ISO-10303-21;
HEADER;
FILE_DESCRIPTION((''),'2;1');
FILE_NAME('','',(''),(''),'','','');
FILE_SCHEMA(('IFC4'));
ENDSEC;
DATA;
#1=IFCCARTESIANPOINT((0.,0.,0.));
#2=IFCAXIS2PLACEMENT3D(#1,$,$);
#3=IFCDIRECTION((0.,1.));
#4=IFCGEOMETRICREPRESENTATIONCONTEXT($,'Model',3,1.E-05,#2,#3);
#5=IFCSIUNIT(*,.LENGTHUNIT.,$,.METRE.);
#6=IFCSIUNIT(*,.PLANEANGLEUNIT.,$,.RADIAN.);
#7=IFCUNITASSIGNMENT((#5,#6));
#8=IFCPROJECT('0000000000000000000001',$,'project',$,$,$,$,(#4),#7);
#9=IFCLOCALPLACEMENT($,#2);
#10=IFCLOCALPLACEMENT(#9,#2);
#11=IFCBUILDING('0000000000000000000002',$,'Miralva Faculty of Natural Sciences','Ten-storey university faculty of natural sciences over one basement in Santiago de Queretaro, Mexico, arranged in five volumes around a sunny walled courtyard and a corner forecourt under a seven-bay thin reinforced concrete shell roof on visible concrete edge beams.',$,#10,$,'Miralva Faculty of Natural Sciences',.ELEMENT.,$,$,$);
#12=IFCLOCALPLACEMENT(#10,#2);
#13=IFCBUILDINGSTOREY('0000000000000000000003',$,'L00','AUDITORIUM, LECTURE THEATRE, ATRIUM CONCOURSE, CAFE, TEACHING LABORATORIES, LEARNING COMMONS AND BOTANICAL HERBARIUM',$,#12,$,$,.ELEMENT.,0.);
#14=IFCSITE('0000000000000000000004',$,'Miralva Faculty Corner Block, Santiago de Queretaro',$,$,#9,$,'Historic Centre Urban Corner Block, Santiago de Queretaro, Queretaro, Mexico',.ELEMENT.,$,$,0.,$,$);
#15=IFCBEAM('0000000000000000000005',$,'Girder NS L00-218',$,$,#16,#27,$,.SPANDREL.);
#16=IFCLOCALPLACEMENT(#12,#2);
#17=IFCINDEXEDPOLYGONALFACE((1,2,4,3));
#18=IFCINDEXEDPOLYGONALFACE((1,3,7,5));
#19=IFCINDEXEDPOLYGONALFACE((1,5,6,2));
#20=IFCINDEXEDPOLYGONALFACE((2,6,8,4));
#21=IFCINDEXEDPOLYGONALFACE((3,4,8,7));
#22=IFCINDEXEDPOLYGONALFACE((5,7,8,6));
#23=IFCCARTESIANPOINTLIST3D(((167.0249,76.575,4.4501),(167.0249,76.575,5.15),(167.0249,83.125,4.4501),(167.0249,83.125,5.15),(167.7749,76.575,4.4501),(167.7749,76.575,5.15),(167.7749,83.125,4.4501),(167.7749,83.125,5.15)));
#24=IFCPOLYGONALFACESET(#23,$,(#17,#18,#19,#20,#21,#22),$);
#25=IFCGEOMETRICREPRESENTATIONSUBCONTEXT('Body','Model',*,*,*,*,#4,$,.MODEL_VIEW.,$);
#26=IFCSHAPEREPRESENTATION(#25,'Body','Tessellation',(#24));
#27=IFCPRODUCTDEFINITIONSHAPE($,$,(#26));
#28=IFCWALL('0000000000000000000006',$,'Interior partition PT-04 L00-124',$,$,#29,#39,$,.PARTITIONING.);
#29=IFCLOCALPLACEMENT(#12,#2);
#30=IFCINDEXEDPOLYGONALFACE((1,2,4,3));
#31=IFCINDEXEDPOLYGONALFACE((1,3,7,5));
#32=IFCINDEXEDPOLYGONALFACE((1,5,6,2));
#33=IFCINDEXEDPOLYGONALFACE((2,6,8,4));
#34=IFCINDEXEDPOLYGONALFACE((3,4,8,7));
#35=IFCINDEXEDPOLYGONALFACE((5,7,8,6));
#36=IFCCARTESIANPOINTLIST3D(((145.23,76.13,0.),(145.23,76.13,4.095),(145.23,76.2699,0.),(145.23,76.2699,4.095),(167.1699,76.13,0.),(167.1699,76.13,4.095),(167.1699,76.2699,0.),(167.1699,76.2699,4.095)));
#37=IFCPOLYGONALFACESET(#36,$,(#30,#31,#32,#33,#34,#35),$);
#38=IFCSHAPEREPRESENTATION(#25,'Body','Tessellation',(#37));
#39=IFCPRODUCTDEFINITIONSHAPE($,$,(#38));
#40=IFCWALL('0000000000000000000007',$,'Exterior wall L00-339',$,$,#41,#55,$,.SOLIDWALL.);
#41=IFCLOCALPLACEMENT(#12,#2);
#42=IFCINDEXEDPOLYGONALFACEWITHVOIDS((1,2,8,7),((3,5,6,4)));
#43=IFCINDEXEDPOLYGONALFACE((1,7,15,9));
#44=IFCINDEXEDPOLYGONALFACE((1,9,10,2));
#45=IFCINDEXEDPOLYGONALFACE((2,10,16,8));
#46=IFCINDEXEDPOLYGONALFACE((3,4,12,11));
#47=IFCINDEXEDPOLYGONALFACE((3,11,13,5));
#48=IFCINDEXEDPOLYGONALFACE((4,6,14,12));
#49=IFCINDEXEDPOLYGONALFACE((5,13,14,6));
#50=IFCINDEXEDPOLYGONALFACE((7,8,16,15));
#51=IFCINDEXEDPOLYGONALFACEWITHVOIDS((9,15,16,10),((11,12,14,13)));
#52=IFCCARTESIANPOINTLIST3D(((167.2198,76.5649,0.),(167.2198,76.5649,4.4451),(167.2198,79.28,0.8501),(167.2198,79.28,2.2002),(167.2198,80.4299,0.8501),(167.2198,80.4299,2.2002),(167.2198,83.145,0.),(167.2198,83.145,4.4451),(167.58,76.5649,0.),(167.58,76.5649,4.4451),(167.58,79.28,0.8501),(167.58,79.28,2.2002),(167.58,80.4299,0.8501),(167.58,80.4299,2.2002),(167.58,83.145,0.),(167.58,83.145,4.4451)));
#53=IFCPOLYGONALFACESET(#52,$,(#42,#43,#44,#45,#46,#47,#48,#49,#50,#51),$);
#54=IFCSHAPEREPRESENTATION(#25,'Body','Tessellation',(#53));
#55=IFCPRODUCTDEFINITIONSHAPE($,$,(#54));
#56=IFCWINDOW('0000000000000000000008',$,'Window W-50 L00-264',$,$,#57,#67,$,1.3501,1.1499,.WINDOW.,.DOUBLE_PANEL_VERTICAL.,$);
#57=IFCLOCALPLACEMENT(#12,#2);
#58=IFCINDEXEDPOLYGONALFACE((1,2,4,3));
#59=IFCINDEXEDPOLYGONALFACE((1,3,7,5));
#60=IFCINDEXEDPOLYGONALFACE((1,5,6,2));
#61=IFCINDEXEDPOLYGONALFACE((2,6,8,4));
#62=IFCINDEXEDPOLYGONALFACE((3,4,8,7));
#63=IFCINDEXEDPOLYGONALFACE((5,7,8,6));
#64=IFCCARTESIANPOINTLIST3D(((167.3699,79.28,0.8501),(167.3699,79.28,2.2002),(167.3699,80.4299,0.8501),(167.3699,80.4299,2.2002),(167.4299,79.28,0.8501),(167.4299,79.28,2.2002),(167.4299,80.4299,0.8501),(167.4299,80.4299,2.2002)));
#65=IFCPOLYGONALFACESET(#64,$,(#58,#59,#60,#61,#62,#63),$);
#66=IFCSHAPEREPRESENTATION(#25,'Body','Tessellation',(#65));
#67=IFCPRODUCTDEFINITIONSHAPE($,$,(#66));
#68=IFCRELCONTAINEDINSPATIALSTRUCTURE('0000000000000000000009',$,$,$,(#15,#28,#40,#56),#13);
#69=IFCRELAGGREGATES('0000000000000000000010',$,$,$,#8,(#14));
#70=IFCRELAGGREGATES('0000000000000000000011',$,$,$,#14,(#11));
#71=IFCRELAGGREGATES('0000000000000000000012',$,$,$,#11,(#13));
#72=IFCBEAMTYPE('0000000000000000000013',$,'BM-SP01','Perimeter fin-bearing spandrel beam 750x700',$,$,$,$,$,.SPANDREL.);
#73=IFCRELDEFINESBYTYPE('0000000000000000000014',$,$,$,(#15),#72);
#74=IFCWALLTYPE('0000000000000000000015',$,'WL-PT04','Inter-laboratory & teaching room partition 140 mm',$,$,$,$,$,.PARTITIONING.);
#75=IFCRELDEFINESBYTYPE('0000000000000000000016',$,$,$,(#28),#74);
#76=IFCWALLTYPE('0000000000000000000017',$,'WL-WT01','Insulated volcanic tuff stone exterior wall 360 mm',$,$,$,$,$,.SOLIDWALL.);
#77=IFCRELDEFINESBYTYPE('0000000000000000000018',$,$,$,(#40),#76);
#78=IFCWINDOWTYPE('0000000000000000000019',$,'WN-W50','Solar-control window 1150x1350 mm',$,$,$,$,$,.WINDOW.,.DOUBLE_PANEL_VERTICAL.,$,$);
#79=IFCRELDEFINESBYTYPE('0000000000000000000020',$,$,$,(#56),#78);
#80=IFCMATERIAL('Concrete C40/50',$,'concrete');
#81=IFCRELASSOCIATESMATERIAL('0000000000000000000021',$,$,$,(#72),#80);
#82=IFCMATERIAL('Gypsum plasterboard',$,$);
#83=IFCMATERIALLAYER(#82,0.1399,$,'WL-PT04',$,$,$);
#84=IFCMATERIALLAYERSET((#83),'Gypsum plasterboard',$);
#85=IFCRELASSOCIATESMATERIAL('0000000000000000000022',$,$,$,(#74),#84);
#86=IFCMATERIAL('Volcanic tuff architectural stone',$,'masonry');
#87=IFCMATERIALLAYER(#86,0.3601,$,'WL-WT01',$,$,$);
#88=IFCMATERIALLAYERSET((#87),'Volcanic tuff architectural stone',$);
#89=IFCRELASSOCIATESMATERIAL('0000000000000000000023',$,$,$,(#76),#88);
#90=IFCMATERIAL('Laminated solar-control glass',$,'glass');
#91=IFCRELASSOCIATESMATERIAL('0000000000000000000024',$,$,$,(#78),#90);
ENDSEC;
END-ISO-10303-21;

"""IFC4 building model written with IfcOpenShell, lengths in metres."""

from ifc_helpers import new_model, si_unit, direction, frame, frame_2d, origin, origin_2d, place, context, subcontext, project, spatial, rectangle, extrude, material, layer, layer_set, material_profile, profile_set, type_object, element, fill, save


model = new_model("IFC4")

# Units and contexts
model_context = context("Model", 3, precision=1e-05, world=origin(), true_north=direction((0.0, 1.0)))
body_context = subcontext(model_context, "Body", "Model", "MODEL_VIEW")
ifc_project = project(units=[si_unit("LENGTHUNIT", "METRE"), si_unit("PLANEANGLEUNIT", "RADIAN")], contexts=[model_context])

# Site, building, storey
site_placement = place(None, origin())
site = spatial("IfcSite", under=ifc_project, at=site_placement, Name="Miralva Faculty Corner Block, Santiago de Queretaro", LongName="Historic Centre Urban Corner Block, Santiago de Queretaro, Queretaro, Mexico", CompositionType="ELEMENT", RefElevation=0.0)
building_placement = place(site_placement, origin())
building = spatial("IfcBuilding", under=site, at=building_placement, Name="Miralva Faculty of Natural Sciences", Description="Ten-storey university faculty of natural sciences over one basement in Santiago de Queretaro, Mexico, arranged in five volumes around a sunny walled courtyard and a corner forecourt under a seven-bay thin reinforced concrete shell roof on visible concrete edge beams.", LongName="Miralva Faculty of Natural Sciences", CompositionType="ELEMENT")
storey_placement = place(building_placement, origin())
storey = spatial("IfcBuildingStorey", under=building, at=storey_placement, Name="L00", Description="AUDITORIUM, LECTURE THEATRE, ATRIUM CONCOURSE, CAFE, TEACHING LABORATORIES, LEARNING COMMONS AND BOTANICAL HERBARIUM", CompositionType="ELEMENT", Elevation=0.0)

# Shared definitions
ifc_material_1 = material(Name="Concrete C40/50", Category="concrete")

# Beam
ifc_material_profile_1 = material_profile(ifc_material_1, rectangle(XDim=0.75, YDim=0.7, at=origin_2d()), Name="RC 750x700")
ifc_profile_set_1 = profile_set([ifc_material_profile_1], Name="Concrete C40/50")
beam_type_1 = type_object("IfcBeamType", Name="BM-SP01", Description="Perimeter fin-bearing spandrel beam 750x700", PredefinedType="SPANDREL", material=ifc_profile_set_1)
beam_1_placement = place(storey_placement, frame((167.3999, 76.575, 4.8), z_axis=(0.0, 1.0, 0.0), x_axis=(-1.0, 0.0, 0.0)))
element("IfcBeam", 1, at=beam_1_placement, inside=storey, type_object=beam_type_1, Name="Girder NS L00-218", PredefinedType="SPANDREL", context=body_context, shape_type="SweptSolid", body=[
    extrude(rectangle(XDim=0.75, YDim=0.7, at=origin_2d()), origin(), (0.0, 0.0, 1.0), 6.55),
])

# Wall
ifc_material_2 = material(Name="Gypsum plasterboard")
ifc_layer_1 = layer(ifc_material_2, 0.1399, Name="WL-PT04")
ifc_layer_set_1 = layer_set([ifc_layer_1], Name="Gypsum plasterboard")
wall_type_1 = type_object("IfcWallType", Name="WL-PT04", Description="Inter-laboratory & teaching room partition 140 mm", PredefinedType="PARTITIONING", material=ifc_layer_set_1)
wall_1_placement = place(storey_placement, frame((145.23, 76.2, 0.0), z_axis=(0.0, 0.0, 1.0), x_axis=(1.0, 0.0, 0.0)))
element("IfcWall", 2, at=wall_1_placement, inside=storey, type_object=wall_type_1, Name="Interior partition PT-04 L00-124", PredefinedType="PARTITIONING", context=body_context, shape_type="SweptSolid", body=[
    extrude(rectangle(XDim=21.9399, YDim=0.1399, at=frame_2d((10.97, 0.0))), origin(), (0.0, 0.0, 1.0), 4.095),
])

# Wall, opening, window
ifc_material_3 = material(Name="Volcanic tuff architectural stone", Category="masonry")
ifc_layer_2 = layer(ifc_material_3, 0.3601, Name="WL-WT01")
ifc_layer_set_2 = layer_set([ifc_layer_2], Name="Volcanic tuff architectural stone")
wall_type_2 = type_object("IfcWallType", Name="WL-WT01", Description="Insulated volcanic tuff stone exterior wall 360 mm", PredefinedType="SOLIDWALL", material=ifc_layer_set_2)
wall_2_placement = place(storey_placement, frame((167.3999, 76.5649, 0.0), z_axis=(0.0, 0.0, 1.0), x_axis=(0.0, 1.0, 0.0)))
wall_2 = element("IfcWall", 3, at=wall_2_placement, inside=storey, type_object=wall_type_2, Name="Exterior wall L00-339", PredefinedType="SOLIDWALL", context=body_context, shape_type="SweptSolid", body=[
    extrude(rectangle(XDim=6.5801, YDim=0.3601, at=frame_2d((3.29, 0.0))), origin(), (0.0, 0.0, 1.0), 4.4451),
])
opening_placement = place(wall_2_placement, frame((2.7151, 0.0, 0.8501)))
opening = element("IfcOpeningElement", 4, at=opening_placement, cuts=wall_2, PredefinedType="OPENING", context=body_context, shape_type="SweptSolid", body=[
    extrude(rectangle(XDim=1.1499, YDim=1.3501, at=frame_2d((0.575, 0.675))), frame((0.0, 0.1899, 0.0), z_axis=(0.0, -1.0, 0.0), x_axis=(1.0, 0.0, 0.0)), (0.0, 0.0, 1.0), 0.3801),
])
ifc_material_4 = material(Name="Laminated solar-control glass", Category="glass")
window_type = type_object("IfcWindowType", Name="WN-W50", Description="Solar-control window 1150x1350 mm", PartitioningType="DOUBLE_PANEL_VERTICAL", PredefinedType="WINDOW", material=ifc_material_4)
window_placement = place(opening_placement, frame((1.1499, 0.0, 0.0), z_axis=(0.0, 0.0, 1.0), x_axis=(-1.0, 0.0, 0.0)))
window = element("IfcWindow", 5, at=window_placement, inside=storey, type_object=window_type, Name="Window W-50 L00-264", OverallHeight=1.3501, OverallWidth=1.1499, PartitioningType="DOUBLE_PANEL_VERTICAL", PredefinedType="WINDOW", context=body_context, shape_type="SweptSolid", body=[
    extrude(rectangle(XDim=1.1499, YDim=1.3501, at=frame_2d((0.575, 0.675))), frame((0.0, 0.03, 0.0), z_axis=(0.0, -1.0, 0.0), x_axis=(1.0, 0.0, 0.0)), (0.0, 0.0, 1.0), 0.0601),
])
fill(opening, window)

save(model, "model.ifc")
